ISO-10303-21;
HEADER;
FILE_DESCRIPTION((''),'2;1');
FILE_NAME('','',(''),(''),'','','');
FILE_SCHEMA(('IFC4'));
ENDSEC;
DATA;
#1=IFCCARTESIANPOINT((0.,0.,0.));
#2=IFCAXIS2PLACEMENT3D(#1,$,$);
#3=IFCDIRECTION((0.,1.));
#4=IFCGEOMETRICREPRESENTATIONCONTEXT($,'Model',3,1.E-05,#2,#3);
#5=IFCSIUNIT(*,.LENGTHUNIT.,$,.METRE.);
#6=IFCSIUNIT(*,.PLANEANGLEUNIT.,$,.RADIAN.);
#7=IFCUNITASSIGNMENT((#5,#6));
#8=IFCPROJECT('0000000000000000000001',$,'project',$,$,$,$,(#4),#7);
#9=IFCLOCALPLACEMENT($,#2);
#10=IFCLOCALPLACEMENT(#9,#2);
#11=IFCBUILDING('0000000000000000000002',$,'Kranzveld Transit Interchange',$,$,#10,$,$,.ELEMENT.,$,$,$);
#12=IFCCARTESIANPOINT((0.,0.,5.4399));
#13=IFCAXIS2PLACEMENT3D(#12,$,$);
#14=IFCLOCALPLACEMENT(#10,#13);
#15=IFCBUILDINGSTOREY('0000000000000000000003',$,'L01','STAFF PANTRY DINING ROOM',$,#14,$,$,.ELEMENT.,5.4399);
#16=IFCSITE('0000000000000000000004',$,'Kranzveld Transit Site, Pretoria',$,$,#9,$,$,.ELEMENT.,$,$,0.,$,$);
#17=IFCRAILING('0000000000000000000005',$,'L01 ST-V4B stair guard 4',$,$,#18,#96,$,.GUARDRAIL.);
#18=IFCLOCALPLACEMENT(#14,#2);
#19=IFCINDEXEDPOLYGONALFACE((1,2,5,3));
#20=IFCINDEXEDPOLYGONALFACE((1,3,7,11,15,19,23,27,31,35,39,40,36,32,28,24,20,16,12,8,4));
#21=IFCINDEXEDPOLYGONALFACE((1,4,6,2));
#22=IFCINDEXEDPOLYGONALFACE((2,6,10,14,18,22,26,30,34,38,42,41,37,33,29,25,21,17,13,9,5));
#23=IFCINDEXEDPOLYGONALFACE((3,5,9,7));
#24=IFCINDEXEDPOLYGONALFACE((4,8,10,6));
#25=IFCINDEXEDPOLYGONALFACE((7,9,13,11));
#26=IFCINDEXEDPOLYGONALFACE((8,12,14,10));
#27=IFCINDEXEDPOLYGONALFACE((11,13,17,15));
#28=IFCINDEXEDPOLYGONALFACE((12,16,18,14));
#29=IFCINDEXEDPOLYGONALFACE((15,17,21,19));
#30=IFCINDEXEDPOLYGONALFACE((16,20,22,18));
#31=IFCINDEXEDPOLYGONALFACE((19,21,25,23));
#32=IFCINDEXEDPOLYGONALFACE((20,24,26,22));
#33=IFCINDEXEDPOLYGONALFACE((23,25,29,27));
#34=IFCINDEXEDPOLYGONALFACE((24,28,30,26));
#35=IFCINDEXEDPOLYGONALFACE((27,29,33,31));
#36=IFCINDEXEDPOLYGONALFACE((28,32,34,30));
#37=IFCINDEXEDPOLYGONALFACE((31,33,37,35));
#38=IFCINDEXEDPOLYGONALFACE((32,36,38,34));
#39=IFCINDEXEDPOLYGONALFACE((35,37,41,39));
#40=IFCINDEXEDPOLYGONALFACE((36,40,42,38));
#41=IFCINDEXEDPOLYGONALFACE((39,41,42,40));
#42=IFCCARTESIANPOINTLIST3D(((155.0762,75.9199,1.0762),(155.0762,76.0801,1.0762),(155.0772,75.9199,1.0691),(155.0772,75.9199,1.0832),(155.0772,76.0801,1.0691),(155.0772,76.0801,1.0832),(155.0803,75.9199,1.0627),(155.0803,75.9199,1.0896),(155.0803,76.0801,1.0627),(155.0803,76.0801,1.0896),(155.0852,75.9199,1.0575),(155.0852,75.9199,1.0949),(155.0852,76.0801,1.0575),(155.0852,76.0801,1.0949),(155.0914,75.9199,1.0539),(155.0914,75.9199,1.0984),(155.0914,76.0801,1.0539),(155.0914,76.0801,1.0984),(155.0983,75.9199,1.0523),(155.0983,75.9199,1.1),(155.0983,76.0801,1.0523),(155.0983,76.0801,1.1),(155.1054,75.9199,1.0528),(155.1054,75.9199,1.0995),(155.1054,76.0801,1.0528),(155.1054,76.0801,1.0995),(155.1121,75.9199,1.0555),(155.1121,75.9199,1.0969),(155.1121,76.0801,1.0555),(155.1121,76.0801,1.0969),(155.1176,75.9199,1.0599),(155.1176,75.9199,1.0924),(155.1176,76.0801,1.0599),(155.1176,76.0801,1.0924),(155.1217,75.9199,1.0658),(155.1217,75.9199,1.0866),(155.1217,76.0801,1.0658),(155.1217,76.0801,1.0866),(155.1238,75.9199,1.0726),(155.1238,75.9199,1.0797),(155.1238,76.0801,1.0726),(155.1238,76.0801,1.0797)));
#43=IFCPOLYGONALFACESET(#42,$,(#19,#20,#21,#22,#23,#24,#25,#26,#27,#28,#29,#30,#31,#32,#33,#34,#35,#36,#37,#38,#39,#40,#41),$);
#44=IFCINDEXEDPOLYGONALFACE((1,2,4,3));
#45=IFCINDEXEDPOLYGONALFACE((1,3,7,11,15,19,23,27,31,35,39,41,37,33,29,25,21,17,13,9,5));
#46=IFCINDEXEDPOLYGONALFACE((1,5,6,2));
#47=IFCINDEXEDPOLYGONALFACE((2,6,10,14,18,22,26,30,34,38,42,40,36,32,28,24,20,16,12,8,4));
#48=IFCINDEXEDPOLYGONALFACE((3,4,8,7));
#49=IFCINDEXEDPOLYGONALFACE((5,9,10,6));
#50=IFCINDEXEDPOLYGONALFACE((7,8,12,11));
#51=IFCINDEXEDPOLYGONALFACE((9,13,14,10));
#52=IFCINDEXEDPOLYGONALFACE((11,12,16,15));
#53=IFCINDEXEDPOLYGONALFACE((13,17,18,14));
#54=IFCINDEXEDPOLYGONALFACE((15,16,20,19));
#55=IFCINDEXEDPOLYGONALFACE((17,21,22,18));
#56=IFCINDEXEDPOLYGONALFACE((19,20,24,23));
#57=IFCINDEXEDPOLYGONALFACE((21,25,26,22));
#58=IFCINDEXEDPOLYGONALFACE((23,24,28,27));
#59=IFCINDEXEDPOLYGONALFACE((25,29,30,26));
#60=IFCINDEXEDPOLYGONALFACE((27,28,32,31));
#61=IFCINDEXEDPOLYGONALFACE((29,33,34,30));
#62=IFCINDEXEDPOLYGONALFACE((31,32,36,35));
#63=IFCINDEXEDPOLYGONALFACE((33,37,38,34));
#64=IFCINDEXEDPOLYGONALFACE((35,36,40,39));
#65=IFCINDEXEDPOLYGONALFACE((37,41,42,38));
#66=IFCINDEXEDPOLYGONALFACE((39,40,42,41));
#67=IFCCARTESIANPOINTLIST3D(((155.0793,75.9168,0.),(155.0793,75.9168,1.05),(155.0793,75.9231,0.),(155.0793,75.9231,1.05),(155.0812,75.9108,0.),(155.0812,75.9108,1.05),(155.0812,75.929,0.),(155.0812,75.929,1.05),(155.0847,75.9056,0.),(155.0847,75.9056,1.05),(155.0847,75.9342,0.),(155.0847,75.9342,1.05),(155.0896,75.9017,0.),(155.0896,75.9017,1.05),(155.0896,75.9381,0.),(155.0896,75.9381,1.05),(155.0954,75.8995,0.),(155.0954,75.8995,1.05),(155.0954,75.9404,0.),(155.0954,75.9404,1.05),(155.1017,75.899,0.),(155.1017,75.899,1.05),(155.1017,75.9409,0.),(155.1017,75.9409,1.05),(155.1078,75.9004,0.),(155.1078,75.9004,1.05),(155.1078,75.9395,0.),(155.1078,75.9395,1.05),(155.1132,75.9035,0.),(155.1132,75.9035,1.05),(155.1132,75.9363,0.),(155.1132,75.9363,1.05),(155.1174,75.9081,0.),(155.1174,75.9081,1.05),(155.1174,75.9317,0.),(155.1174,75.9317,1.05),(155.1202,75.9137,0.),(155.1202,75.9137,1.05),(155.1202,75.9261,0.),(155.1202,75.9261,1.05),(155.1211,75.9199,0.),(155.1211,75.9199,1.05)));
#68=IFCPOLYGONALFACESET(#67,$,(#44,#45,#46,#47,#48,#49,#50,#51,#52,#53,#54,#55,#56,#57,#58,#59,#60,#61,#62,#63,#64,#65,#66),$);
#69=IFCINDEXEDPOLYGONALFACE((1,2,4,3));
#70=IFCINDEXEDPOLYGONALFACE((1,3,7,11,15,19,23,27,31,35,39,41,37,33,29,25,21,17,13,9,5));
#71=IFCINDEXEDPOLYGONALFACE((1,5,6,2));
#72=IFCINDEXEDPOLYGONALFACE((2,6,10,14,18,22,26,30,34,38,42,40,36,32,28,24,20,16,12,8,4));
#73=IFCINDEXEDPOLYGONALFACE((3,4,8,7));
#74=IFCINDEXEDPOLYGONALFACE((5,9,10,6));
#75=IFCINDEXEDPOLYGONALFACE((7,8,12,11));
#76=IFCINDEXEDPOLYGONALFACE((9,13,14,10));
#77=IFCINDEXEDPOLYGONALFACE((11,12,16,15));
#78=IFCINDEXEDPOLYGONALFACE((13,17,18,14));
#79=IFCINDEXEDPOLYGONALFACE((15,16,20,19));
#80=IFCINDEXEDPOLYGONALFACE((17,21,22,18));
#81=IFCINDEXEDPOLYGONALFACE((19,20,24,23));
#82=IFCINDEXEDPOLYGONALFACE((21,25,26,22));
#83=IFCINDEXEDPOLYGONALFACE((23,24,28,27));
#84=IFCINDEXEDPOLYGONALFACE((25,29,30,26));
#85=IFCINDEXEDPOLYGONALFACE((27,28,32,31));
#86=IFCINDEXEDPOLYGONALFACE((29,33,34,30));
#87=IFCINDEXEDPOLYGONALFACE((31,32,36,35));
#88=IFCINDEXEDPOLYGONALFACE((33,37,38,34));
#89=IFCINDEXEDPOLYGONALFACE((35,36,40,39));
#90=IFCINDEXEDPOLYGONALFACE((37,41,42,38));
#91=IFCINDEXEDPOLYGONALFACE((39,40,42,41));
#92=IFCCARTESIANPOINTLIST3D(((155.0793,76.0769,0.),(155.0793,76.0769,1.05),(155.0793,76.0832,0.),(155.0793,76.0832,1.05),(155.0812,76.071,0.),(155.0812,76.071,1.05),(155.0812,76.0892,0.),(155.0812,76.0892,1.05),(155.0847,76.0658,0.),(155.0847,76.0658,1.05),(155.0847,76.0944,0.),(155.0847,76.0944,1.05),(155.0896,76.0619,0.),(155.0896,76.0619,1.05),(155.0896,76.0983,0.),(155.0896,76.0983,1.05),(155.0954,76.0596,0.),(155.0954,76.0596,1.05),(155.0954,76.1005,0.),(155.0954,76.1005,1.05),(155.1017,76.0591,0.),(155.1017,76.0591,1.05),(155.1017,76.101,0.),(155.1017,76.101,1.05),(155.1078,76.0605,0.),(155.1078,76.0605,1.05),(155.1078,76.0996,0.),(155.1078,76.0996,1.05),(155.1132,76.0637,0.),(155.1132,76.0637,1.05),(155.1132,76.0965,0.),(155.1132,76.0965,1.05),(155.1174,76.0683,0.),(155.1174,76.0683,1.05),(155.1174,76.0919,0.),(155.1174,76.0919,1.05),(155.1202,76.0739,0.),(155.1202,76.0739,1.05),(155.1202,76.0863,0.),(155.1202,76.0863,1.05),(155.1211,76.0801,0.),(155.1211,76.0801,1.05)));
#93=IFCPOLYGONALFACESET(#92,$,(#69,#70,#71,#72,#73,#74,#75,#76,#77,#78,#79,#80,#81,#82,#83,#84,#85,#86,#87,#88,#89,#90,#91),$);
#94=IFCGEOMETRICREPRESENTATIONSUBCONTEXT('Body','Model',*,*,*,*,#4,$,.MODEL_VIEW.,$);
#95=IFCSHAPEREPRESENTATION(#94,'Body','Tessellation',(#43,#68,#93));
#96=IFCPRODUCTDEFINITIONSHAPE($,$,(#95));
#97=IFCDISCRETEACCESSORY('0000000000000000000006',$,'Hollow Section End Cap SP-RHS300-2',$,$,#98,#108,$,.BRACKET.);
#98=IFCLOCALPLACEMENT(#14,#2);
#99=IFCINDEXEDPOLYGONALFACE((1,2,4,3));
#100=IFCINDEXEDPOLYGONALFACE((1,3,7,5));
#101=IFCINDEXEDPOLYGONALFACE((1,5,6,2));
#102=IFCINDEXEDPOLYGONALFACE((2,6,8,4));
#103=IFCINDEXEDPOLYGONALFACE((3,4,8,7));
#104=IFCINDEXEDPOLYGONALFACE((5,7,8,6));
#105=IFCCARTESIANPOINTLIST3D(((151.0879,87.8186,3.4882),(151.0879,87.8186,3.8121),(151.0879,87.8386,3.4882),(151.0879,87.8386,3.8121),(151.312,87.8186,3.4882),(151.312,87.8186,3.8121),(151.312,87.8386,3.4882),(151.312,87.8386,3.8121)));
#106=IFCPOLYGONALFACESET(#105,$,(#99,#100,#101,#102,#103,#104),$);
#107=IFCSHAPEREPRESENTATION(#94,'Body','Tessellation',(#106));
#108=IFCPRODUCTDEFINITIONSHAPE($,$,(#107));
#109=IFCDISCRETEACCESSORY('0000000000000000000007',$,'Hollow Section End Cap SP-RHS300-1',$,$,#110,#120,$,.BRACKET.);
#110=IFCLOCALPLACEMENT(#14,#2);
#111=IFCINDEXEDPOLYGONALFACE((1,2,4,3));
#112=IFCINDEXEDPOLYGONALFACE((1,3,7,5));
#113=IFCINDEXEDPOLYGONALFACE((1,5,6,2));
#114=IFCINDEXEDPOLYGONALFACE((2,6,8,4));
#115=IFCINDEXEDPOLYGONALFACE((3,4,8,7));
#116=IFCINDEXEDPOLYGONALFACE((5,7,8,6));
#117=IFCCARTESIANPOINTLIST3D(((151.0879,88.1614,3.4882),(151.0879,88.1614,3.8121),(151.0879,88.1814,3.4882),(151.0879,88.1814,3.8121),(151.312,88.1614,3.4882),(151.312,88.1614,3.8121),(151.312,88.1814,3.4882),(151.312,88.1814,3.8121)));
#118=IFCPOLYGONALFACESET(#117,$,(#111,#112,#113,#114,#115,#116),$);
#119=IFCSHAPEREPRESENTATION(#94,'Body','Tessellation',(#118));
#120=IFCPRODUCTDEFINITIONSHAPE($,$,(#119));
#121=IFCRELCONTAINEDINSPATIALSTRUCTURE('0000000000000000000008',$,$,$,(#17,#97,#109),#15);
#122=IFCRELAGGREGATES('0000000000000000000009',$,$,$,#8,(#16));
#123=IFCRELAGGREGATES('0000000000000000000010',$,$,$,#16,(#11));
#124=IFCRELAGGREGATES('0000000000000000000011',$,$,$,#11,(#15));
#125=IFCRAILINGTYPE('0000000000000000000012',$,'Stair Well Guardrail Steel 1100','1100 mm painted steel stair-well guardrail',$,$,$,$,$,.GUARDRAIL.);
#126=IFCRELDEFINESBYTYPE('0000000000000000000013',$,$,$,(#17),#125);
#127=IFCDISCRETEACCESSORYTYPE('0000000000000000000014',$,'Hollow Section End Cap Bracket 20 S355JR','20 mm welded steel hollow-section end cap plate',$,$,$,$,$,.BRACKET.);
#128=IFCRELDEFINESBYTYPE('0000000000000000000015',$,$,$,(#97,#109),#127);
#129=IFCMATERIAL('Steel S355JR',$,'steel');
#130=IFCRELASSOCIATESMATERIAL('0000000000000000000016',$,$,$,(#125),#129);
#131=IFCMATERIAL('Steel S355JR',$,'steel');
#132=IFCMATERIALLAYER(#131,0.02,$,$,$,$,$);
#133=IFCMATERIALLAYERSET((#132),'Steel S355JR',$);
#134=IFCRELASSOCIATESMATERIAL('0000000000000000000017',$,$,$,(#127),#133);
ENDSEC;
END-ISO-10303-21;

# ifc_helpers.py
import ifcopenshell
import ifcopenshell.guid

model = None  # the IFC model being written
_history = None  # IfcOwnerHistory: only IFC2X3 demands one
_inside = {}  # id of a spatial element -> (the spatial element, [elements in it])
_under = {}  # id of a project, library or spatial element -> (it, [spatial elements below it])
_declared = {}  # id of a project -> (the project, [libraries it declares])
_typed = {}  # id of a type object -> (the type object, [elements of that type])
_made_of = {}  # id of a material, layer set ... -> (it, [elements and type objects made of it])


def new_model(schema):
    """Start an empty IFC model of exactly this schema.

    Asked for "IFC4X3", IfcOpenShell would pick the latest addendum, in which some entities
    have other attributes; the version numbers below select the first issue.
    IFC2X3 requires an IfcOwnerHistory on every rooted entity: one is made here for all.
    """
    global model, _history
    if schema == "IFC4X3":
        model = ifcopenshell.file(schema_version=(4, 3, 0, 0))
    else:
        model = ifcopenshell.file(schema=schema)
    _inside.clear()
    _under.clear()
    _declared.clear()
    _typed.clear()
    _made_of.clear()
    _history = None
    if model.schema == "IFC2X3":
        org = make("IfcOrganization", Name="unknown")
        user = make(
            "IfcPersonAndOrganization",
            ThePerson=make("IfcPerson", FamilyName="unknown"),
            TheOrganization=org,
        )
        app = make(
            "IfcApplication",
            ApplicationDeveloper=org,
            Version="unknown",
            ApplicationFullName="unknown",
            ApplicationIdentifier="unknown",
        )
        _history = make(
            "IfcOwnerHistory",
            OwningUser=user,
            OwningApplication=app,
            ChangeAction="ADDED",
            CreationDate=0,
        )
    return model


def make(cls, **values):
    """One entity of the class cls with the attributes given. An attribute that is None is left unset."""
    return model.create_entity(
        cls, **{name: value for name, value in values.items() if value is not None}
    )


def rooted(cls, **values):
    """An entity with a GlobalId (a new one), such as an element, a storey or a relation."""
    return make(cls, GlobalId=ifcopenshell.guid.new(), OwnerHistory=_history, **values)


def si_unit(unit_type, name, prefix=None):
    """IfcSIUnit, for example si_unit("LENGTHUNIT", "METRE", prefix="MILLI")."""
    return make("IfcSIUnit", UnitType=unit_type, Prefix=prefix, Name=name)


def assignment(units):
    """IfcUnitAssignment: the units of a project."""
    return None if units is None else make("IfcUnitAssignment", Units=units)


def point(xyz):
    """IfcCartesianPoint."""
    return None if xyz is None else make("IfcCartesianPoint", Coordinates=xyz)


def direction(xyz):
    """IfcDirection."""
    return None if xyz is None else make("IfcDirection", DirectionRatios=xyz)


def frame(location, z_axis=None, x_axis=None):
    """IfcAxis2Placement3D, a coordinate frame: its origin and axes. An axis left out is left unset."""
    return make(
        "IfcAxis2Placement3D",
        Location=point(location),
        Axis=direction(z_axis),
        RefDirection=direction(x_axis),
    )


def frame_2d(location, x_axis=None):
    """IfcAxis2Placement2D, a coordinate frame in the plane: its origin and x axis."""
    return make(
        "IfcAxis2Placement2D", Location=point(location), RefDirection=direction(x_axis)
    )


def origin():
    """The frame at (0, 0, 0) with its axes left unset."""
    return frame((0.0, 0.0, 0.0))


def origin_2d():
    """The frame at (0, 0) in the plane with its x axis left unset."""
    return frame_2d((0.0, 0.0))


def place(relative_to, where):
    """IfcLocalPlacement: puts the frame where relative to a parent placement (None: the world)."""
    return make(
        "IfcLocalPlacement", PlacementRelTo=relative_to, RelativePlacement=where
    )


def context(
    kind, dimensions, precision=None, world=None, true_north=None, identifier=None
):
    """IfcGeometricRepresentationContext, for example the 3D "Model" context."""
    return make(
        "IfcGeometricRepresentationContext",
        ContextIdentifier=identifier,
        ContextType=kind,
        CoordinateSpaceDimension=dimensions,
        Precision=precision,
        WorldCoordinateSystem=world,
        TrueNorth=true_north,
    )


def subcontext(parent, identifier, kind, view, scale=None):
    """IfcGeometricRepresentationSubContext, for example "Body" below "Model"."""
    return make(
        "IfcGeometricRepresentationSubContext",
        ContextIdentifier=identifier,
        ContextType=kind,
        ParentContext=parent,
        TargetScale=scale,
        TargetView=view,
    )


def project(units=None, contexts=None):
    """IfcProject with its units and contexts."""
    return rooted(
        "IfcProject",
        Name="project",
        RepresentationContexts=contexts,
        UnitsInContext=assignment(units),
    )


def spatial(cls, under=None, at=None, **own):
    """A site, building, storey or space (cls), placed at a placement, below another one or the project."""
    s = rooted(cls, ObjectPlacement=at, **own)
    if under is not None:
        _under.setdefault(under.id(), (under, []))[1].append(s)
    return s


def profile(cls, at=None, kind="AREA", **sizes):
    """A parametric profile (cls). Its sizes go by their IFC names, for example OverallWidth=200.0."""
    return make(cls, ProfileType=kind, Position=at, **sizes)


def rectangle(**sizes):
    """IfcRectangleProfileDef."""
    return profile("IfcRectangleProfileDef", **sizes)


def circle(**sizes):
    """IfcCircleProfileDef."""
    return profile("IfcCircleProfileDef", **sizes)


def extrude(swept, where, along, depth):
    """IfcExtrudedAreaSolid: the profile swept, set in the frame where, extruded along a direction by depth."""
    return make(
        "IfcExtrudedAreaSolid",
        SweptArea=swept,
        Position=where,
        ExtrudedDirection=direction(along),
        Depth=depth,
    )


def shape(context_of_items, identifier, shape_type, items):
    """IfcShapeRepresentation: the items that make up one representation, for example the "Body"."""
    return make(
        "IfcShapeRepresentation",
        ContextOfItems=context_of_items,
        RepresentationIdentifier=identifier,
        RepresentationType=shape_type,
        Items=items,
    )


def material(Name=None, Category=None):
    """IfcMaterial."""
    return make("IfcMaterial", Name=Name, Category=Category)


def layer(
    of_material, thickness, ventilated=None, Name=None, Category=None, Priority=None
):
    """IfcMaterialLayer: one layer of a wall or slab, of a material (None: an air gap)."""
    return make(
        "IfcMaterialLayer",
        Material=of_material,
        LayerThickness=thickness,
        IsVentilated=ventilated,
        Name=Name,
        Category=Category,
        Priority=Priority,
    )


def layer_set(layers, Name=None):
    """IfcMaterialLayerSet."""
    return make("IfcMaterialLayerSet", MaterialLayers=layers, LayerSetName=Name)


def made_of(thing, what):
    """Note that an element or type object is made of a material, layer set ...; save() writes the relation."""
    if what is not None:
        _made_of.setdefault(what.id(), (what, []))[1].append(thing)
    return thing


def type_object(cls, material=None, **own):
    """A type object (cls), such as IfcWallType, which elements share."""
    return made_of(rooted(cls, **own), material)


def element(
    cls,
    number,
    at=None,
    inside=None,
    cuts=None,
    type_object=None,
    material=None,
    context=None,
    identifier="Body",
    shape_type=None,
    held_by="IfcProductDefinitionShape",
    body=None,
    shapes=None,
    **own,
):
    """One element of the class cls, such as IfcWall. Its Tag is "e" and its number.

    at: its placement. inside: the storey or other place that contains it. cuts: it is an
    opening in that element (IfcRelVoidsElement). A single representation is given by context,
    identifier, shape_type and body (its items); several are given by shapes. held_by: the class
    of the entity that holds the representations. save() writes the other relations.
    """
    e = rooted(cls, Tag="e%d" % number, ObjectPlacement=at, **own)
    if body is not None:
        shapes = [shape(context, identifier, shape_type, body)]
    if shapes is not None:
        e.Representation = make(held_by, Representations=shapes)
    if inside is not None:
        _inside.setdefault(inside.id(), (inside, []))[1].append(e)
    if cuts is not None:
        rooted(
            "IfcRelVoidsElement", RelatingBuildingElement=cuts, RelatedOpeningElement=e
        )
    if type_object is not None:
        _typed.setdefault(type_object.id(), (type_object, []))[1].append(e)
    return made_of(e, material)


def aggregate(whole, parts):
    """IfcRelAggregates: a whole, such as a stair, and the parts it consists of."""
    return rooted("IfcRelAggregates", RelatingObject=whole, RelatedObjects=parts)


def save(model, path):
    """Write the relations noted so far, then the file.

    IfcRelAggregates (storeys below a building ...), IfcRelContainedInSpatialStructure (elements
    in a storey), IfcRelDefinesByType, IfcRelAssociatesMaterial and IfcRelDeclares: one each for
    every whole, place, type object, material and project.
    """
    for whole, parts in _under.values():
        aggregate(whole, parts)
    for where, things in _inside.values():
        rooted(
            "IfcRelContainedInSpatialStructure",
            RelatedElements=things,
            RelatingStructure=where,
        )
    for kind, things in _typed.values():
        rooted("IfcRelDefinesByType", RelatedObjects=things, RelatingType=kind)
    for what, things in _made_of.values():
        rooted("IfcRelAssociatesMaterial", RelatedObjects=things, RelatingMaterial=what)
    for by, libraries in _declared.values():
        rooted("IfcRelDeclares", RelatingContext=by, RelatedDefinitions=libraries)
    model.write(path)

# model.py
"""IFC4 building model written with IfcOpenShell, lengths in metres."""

from ifc_helpers import new_model, si_unit, direction, frame, origin, origin_2d, place, context, subcontext, project, spatial, rectangle, circle, extrude, material, layer, layer_set, type_object, element, save


model = new_model("IFC4")

# Units and contexts
model_context = context("Model", 3, precision=1e-05, world=origin(), true_north=direction((0.0, 1.0)))
body_context = subcontext(model_context, "Body", "Model", "MODEL_VIEW")
ifc_project = project(units=[si_unit("LENGTHUNIT", "METRE"), si_unit("PLANEANGLEUNIT", "RADIAN")], contexts=[model_context])

# Site, building, storey
site_placement = place(None, origin())
site = spatial("IfcSite", under=ifc_project, at=site_placement, Name="Kranzveld Transit Site, Pretoria", CompositionType="ELEMENT", RefElevation=0.0)
building_placement = place(site_placement, origin())
building = spatial("IfcBuilding", under=site, at=building_placement, Name="Kranzveld Transit Interchange", CompositionType="ELEMENT")
storey_placement = place(building_placement, frame((0.0, 0.0, 5.4399)))
storey = spatial("IfcBuildingStorey", under=building, at=storey_placement, Name="L01", Description="STAFF PANTRY DINING ROOM", CompositionType="ELEMENT", Elevation=5.4399)

# Railing
ifc_material_1 = material(Name="Steel S355JR", Category="steel")
railing_type_1 = type_object("IfcRailingType", Name="Stair Well Guardrail Steel 1100", Description="1100 mm painted steel stair-well guardrail", PredefinedType="GUARDRAIL", material=ifc_material_1)
railing_1_placement = place(storey_placement, frame((155.1001, 75.9199, 0.0)))
element("IfcRailing", 1, at=railing_1_placement, inside=storey, type_object=railing_type_1, Name="L01 ST-V4B stair guard 4", PredefinedType="GUARDRAIL", context=body_context, shape_type="SweptSolid", body=[
    extrude(circle(Radius=0.0239, at=origin_2d()), frame((0.0, 0.0, 1.0762), z_axis=(0.0, 1.0, 0.0), x_axis=(-1.0, 0.0, 0.0)), (0.0, 0.0, 1.0), 0.1602),
    extrude(circle(Radius=0.021, at=origin_2d()), origin(), (0.0, 0.0, 1.0), 1.05),
    extrude(circle(Radius=0.021, at=origin_2d()), frame((0.0, 0.1602, 0.0)), (0.0, 0.0, 1.0), 1.05),
])

# Discrete accessories
ifc_material_2 = material(Name="Steel S355JR", Category="steel")
ifc_layer_1 = layer(ifc_material_2, 0.02)
ifc_layer_set_1 = layer_set([ifc_layer_1], Name="Steel S355JR")
discrete_accessory_type = type_object("IfcDiscreteAccessoryType", Name="Hollow Section End Cap Bracket 20 S355JR", Description="20 mm welded steel hollow-section end cap plate", PredefinedType="BRACKET", material=ifc_layer_set_1)
for number, where, z_axis, x_axis, name in (
    (2, (151.2, 87.8186, 3.6501), (0.0, 1.0, 0.0), (-1.0, 0.0, 0.0), "Hollow Section End Cap SP-RHS300-2"),
    (3, (151.2, 88.1814, 3.6501), (0.0, -1.0, 0.0), (1.0, 0.0, 0.0), "Hollow Section End Cap SP-RHS300-1"),
):
    element("IfcDiscreteAccessory", number, at=place(storey_placement, frame(where, z_axis=z_axis, x_axis=x_axis)), inside=storey, type_object=discrete_accessory_type, Name=name, PredefinedType="BRACKET", context=body_context, shape_type="SweptSolid", body=[
        extrude(rectangle(XDim=0.2241, YDim=0.324, at=origin_2d()), origin(), (0.0, 0.0, 1.0), 0.02),
    ])

save(model, "model.ifc")
